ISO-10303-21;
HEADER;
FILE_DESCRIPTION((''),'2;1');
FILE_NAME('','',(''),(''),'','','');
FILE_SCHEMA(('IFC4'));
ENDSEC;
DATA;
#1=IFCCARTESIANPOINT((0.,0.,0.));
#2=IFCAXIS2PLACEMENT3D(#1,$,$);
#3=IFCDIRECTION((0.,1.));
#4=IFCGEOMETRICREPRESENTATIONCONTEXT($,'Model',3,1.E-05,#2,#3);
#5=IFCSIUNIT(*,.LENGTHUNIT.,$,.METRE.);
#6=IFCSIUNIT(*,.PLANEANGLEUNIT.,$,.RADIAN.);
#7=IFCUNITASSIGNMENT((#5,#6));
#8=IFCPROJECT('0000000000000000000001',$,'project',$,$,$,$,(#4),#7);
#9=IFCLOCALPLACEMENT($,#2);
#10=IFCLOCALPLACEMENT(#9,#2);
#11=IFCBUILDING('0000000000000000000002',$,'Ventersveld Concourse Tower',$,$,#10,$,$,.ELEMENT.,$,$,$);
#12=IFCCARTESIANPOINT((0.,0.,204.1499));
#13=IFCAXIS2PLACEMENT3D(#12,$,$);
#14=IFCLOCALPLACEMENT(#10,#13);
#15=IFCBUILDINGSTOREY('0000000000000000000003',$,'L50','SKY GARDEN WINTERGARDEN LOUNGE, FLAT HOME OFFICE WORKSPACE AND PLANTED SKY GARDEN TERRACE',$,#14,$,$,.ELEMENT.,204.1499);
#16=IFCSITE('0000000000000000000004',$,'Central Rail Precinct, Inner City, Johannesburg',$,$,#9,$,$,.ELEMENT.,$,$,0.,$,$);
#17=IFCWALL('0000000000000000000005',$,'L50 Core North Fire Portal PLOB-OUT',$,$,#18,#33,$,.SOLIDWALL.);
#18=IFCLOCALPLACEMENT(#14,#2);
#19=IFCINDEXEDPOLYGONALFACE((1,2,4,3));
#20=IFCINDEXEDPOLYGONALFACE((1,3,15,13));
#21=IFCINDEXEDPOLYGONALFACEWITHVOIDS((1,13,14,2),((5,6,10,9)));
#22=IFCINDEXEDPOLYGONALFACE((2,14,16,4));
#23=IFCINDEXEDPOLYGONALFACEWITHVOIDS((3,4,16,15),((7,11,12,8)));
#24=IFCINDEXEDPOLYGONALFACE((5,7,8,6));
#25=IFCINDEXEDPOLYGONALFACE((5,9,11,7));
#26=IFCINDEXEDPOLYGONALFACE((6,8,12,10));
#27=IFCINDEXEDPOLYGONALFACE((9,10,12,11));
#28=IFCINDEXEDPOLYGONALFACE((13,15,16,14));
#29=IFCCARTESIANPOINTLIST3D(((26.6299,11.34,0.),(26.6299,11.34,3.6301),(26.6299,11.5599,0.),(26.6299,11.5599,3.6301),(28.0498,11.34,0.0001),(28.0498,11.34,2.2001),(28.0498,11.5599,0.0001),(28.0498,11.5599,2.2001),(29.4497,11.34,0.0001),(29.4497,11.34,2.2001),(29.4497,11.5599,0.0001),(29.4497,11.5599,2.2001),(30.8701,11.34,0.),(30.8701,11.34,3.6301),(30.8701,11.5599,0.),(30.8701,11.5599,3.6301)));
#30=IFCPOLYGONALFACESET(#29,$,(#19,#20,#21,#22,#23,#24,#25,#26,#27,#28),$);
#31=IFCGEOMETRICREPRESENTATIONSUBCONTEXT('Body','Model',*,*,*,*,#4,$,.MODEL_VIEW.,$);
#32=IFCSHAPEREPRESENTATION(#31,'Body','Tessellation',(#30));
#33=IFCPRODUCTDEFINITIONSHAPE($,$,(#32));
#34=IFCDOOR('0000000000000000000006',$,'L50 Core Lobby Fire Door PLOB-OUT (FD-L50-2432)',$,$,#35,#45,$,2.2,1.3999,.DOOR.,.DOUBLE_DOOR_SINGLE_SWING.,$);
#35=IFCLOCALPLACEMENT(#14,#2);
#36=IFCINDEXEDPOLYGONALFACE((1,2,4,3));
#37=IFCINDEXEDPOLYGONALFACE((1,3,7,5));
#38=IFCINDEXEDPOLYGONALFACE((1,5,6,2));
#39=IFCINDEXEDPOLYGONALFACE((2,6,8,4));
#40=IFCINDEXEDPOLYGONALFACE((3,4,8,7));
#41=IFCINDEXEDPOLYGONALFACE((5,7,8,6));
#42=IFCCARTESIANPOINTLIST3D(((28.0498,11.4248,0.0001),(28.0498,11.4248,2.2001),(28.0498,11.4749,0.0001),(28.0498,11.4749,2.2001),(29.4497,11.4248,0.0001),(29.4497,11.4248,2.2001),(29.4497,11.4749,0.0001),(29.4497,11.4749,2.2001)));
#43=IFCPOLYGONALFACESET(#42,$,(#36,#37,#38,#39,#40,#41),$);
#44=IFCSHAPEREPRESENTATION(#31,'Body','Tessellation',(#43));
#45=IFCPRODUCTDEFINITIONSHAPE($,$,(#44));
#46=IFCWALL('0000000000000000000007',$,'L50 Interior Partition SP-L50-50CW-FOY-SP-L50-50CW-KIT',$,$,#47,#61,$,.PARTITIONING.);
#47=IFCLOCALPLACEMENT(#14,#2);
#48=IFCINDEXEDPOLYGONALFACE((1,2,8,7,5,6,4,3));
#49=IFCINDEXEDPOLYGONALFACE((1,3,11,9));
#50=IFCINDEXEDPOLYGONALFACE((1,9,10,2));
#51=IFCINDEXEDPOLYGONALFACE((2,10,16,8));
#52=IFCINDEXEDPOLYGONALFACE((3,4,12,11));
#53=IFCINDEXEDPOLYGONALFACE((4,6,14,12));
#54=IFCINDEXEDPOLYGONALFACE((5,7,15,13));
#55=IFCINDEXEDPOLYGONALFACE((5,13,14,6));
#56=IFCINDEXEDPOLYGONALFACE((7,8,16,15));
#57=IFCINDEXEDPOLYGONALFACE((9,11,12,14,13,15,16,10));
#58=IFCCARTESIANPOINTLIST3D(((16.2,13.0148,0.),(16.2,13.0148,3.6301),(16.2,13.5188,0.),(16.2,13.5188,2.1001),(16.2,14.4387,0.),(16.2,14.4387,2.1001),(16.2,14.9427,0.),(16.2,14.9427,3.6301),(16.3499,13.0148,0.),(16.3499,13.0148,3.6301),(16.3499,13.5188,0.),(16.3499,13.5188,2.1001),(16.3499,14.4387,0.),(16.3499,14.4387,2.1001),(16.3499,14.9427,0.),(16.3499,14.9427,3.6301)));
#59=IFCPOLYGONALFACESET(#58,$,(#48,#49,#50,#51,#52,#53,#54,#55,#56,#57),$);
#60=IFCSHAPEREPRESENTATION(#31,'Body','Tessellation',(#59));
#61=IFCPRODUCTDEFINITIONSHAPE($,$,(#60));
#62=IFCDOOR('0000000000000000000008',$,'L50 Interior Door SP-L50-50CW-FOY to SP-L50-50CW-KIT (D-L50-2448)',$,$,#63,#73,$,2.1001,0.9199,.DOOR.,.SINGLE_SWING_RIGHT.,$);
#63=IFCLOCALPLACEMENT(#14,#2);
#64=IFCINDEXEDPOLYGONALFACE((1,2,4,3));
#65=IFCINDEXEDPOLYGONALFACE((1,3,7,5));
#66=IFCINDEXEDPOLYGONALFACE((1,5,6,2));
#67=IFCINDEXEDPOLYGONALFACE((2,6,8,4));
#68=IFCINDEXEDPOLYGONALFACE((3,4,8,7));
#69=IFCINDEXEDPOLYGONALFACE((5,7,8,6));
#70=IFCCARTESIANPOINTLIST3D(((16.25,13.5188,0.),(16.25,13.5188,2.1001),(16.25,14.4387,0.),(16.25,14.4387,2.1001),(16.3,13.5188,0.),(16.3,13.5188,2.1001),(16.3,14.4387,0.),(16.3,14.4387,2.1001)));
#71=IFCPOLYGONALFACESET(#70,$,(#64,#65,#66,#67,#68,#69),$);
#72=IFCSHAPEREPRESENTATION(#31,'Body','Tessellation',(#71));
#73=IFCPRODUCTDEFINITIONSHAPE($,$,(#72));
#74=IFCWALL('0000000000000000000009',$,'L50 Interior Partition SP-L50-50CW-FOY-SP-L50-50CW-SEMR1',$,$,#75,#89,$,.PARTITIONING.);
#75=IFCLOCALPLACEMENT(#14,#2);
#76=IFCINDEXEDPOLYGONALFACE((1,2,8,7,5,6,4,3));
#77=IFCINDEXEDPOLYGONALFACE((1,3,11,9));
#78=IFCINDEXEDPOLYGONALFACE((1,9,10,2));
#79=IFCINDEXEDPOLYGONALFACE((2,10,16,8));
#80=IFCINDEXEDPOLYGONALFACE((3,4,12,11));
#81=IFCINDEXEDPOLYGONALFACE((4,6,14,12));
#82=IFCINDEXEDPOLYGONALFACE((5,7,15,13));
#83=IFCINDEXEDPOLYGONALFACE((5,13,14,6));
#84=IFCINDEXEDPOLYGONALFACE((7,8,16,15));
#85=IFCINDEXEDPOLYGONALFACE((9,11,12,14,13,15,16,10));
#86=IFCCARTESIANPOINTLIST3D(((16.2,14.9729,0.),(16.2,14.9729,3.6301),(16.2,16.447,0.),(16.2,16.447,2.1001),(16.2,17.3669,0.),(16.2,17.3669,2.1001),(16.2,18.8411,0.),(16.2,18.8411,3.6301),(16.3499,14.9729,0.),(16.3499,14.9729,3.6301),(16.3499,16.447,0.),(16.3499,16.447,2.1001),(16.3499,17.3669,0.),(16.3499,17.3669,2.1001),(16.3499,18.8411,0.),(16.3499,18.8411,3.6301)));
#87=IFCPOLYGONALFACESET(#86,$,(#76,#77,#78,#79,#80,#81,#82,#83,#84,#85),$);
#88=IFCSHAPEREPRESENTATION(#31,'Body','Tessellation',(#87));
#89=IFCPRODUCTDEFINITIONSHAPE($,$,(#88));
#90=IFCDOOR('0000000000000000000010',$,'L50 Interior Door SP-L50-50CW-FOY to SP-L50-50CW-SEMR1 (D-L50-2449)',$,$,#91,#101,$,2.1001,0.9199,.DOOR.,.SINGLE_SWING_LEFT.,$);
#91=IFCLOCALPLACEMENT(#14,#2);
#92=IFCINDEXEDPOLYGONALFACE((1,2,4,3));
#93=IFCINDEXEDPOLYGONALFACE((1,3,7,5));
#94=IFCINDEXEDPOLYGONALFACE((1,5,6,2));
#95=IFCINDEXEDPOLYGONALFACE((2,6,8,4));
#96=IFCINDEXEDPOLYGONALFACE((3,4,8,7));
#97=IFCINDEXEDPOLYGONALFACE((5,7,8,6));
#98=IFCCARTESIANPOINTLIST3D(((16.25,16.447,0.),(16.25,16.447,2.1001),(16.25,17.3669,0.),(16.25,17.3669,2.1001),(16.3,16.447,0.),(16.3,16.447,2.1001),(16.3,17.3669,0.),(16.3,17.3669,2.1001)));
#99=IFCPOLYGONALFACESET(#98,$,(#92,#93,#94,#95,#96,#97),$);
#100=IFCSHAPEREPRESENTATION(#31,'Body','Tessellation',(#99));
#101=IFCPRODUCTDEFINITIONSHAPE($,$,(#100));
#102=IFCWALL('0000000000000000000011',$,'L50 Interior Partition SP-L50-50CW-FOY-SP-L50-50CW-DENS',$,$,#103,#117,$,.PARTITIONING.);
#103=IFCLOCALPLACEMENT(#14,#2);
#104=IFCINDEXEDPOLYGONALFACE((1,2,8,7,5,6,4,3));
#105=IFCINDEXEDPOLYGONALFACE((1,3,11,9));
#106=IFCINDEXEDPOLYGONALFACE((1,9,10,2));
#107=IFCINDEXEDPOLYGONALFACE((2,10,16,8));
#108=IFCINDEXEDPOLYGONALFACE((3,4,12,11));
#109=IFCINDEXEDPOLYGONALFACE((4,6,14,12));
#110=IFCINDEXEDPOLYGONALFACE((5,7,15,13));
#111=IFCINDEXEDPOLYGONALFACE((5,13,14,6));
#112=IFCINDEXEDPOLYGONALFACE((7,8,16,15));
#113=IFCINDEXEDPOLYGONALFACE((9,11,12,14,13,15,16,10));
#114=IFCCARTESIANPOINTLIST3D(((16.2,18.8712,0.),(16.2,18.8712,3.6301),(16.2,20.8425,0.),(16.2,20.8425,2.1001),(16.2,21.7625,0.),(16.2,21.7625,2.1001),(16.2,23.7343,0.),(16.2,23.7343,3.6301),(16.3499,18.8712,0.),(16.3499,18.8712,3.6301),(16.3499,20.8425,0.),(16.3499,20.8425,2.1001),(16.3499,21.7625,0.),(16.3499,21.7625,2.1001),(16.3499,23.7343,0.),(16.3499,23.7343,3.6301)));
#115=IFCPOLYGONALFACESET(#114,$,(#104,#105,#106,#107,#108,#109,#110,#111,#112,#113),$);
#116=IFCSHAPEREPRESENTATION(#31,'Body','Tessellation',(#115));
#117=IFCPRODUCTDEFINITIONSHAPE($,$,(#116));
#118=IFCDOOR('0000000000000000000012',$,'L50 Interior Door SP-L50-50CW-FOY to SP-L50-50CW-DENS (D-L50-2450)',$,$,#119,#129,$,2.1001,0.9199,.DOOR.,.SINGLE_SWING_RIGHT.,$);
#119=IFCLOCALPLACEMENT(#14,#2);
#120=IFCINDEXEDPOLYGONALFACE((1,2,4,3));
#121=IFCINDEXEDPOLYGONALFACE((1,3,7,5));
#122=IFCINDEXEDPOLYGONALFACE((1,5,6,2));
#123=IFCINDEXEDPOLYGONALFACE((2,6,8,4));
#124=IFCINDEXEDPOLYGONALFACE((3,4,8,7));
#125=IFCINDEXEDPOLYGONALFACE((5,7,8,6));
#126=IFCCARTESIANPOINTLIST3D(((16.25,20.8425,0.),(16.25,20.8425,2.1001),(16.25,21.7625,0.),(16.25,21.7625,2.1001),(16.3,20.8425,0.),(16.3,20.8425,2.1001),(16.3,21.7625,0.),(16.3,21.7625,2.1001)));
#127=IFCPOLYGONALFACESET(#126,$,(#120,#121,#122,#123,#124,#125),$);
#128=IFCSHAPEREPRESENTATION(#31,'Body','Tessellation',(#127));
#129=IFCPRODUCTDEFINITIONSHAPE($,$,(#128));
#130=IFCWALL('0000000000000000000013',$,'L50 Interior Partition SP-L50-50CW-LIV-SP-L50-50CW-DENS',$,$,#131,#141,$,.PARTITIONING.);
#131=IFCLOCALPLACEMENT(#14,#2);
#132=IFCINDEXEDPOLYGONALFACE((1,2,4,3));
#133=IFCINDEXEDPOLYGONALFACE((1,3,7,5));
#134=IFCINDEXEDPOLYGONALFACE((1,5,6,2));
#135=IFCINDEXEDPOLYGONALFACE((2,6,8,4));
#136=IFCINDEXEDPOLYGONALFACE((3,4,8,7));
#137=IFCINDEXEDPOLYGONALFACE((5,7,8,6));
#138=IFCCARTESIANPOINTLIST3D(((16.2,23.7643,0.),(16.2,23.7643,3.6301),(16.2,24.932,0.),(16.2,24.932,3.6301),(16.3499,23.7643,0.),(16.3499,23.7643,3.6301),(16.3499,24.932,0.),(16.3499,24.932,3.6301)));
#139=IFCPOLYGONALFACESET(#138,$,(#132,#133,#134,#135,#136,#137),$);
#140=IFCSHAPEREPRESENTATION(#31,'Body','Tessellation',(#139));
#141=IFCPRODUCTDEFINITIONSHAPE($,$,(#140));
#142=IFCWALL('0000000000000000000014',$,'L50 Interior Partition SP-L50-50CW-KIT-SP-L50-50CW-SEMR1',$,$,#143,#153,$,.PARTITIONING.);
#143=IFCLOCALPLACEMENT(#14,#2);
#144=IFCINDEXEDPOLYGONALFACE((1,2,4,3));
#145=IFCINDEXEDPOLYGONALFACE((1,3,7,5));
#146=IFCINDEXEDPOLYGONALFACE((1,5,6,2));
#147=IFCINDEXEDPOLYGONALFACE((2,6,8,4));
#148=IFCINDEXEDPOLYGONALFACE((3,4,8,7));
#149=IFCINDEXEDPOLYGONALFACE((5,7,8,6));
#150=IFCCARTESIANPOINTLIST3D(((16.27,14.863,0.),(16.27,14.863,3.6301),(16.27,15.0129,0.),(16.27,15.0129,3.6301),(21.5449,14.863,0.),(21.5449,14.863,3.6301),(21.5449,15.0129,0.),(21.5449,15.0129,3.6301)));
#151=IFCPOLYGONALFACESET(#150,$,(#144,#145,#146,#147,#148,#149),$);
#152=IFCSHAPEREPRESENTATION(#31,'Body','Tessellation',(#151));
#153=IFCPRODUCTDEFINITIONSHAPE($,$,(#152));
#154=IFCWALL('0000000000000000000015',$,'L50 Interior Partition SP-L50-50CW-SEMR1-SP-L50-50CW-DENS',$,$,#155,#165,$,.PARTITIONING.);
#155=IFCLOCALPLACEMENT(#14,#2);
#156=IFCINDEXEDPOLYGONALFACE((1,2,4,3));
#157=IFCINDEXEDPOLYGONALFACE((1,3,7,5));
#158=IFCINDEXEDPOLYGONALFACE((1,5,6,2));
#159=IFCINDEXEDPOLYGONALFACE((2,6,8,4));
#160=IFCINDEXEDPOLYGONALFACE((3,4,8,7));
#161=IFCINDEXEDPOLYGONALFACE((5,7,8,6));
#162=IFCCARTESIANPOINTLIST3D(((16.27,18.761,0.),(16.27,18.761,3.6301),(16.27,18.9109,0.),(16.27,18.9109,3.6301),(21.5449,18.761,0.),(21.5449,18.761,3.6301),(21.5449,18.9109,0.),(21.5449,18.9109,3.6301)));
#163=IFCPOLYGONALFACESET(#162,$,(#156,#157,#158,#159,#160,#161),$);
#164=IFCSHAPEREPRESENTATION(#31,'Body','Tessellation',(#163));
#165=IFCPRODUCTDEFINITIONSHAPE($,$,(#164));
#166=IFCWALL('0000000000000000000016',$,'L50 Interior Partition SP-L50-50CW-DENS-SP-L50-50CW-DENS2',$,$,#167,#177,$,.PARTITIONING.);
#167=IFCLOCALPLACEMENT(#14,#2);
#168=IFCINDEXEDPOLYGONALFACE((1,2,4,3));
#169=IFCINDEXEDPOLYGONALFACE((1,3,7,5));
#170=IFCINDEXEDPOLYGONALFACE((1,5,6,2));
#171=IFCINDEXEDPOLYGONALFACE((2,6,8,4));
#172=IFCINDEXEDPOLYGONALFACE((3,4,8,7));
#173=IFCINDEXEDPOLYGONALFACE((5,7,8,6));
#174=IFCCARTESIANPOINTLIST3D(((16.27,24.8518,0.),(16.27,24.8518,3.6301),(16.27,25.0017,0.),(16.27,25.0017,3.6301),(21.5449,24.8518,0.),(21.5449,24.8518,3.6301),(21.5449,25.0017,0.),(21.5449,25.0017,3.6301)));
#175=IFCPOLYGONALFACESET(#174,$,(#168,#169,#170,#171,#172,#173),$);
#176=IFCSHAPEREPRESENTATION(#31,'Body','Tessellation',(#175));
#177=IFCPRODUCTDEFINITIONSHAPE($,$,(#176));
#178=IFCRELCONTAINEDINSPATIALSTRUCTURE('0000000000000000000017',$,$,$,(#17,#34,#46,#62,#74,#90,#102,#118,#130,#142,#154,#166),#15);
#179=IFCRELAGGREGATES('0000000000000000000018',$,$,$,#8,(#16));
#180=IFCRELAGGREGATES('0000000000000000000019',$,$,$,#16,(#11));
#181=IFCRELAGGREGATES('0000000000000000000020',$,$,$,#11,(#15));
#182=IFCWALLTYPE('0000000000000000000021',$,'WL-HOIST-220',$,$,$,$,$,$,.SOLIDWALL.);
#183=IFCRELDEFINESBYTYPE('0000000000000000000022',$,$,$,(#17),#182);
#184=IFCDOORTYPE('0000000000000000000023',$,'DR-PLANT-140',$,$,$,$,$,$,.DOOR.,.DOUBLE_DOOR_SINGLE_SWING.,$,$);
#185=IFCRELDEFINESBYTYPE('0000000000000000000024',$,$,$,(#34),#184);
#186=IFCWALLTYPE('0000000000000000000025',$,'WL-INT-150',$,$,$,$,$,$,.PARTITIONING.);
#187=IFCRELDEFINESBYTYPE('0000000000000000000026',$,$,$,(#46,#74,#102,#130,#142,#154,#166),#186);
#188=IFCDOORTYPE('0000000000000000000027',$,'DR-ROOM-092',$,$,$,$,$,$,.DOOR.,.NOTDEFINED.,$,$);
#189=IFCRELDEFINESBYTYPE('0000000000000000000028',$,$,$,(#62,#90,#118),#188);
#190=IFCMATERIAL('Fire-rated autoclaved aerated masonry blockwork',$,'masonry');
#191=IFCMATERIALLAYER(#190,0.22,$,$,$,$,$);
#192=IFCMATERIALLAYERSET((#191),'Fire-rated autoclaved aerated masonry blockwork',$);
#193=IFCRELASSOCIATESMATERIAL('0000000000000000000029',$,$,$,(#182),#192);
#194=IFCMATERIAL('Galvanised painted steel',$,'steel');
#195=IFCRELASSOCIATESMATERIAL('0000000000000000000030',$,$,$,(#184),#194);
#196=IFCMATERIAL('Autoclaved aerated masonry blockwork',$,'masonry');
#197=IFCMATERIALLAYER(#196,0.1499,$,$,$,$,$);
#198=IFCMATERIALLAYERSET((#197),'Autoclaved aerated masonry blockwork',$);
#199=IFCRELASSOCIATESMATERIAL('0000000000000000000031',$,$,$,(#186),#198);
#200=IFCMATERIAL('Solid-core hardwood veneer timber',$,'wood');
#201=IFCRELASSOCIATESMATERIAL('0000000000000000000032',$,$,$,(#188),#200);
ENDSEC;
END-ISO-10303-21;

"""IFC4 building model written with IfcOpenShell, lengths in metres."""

from ifc_helpers import new_model, si_unit, direction, frame, frame_2d, origin, place, context, subcontext, project, spatial, rectangle, extrude, material, layer, layer_set, type_object, element, fill, save


model = new_model("IFC4")

# Units and contexts
model_context = context("Model", 3, precision=1e-05, world=origin(), true_north=direction((0.0, 1.0)))
body_context = subcontext(model_context, "Body", "Model", "MODEL_VIEW")
ifc_project = project(units=[si_unit("LENGTHUNIT", "METRE"), si_unit("PLANEANGLEUNIT", "RADIAN")], contexts=[model_context])

# Site, building, storey
site_placement = place(None, origin())
site = spatial("IfcSite", under=ifc_project, at=site_placement, Name="Central Rail Precinct, Inner City, Johannesburg", CompositionType="ELEMENT", RefElevation=0.0)
building_placement = place(site_placement, origin())
building = spatial("IfcBuilding", under=site, at=building_placement, Name="Ventersveld Concourse Tower", CompositionType="ELEMENT")
storey_placement = place(building_placement, frame((0.0, 0.0, 204.1499)))
storey = spatial("IfcBuildingStorey", under=building, at=storey_placement, Name="L50", Description="SKY GARDEN WINTERGARDEN LOUNGE, FLAT HOME OFFICE WORKSPACE AND PLANTED SKY GARDEN TERRACE", CompositionType="ELEMENT", Elevation=204.1499)

# Shared definitions
ifc_material_1 = material(Name="Fire-rated autoclaved aerated masonry blockwork", Category="masonry")
ifc_material_2 = material(Name="Solid-core hardwood veneer timber", Category="wood")

# Walls, openings, doors
ifc_layer_1 = layer(ifc_material_1, 0.22)
ifc_layer_set_1 = layer_set([ifc_layer_1], Name="Fire-rated autoclaved aerated masonry blockwork")
wall_type_1 = type_object("IfcWallType", Name="WL-HOIST-220", PredefinedType="SOLIDWALL", material=ifc_layer_set_1)
wall_1_placement = place(storey_placement, frame((26.6299, 11.45, 0.0), z_axis=(0.0, 0.0, 1.0), x_axis=(1.0, 0.0, 0.0)))
wall_1 = element("IfcWall", 1, at=wall_1_placement, inside=storey, type_object=wall_type_1, Name="L50 Core North Fire Portal PLOB-OUT", PredefinedType="SOLIDWALL", context=body_context, shape_type="SweptSolid", body=[
    extrude(rectangle(XDim=4.2402, YDim=0.22, at=frame_2d((2.1201, 0.0))), origin(), (0.0, 0.0, 1.0), 3.6301),
])
opening_1_placement = place(wall_1_placement, frame((1.4199, 0.0, 0.0)))
opening_1 = element("IfcOpeningElement", 2, at=opening_1_placement, cuts=wall_1, PredefinedType="OPENING", context=body_context, shape_type="SweptSolid", body=[
    extrude(rectangle(XDim=1.3999, YDim=2.2, at=frame_2d((0.7, 1.1001))), frame((0.0, 0.1201, 0.0), z_axis=(0.0, -1.0, 0.0), x_axis=(1.0, 0.0, 0.0)), (0.0, 0.0, 1.0), 0.24),
])
ifc_material_3 = material(Name="Galvanised painted steel", Category="steel")
door_type_1 = type_object("IfcDoorType", Name="DR-PLANT-140", OperationType="DOUBLE_DOOR_SINGLE_SWING", PredefinedType="DOOR", material=ifc_material_3)
door_1_placement = place(opening_1_placement, origin())
door_1 = element("IfcDoor", 3, at=door_1_placement, inside=storey, type_object=door_type_1, Name="L50 Core Lobby Fire Door PLOB-OUT (FD-L50-2432)", OperationType="DOUBLE_DOOR_SINGLE_SWING", OverallHeight=2.2, OverallWidth=1.3999, PredefinedType="DOOR", context=body_context, shape_type="SweptSolid", body=[
    extrude(rectangle(XDim=1.3999, YDim=2.2, at=frame_2d((0.7, 1.1001))), frame((0.0, 0.0249, 0.0), z_axis=(0.0, -1.0, 0.0), x_axis=(1.0, 0.0, 0.0)), (0.0, 0.0, 1.0), 0.05),
])
fill(opening_1, door_1)
ifc_material_4 = material(Name="Autoclaved aerated masonry blockwork", Category="masonry")
ifc_layer_2 = layer(ifc_material_4, 0.1499)
ifc_layer_set_2 = layer_set([ifc_layer_2], Name="Autoclaved aerated masonry blockwork")
wall_type_2 = type_object("IfcWallType", Name="WL-INT-150", PredefinedType="PARTITIONING", material=ifc_layer_set_2)
wall_2_placement = place(storey_placement, frame((16.2749, 13.0149, 0.0), z_axis=(0.0, 0.0, 1.0), x_axis=(0.0, 1.0, 0.0)))
wall_2 = element("IfcWall", 4, at=wall_2_placement, inside=storey, type_object=wall_type_2, Name="L50 Interior Partition SP-L50-50CW-FOY-SP-L50-50CW-KIT", PredefinedType="PARTITIONING", context=body_context, shape_type="SweptSolid", body=[
    extrude(rectangle(XDim=1.928, YDim=0.1499, at=frame_2d((0.9639, 0.0))), origin(), (0.0, 0.0, 1.0), 3.6301),
])
opening_2_placement = place(wall_2_placement, frame((0.5039, 0.0, 0.0)))
opening_2 = element("IfcOpeningElement", 5, at=opening_2_placement, cuts=wall_2, PredefinedType="OPENING", context=body_context, shape_type="SweptSolid", body=[
    extrude(rectangle(XDim=0.9199, YDim=2.1001, at=frame_2d((0.46, 1.05))), frame((0.0, 0.085, 0.0), z_axis=(0.0, -1.0, 0.0), x_axis=(1.0, 0.0, 0.0)), (0.0, 0.0, 1.0), 0.1699),
])
door_type_2 = type_object("IfcDoorType", Name="DR-ROOM-092", OperationType="NOTDEFINED", PredefinedType="DOOR", material=ifc_material_2)
door_2_placement = place(opening_2_placement, origin())
door_2 = element("IfcDoor", 6, at=door_2_placement, inside=storey, type_object=door_type_2, Name="L50 Interior Door SP-L50-50CW-FOY to SP-L50-50CW-KIT (D-L50-2448)", OperationType="SINGLE_SWING_RIGHT", OverallHeight=2.1001, OverallWidth=0.9199, PredefinedType="DOOR", context=body_context, shape_type="SweptSolid", body=[
    extrude(rectangle(XDim=0.9199, YDim=2.1001, at=frame_2d((0.46, 1.05))), frame((0.0, 0.0249, 0.0), z_axis=(0.0, -1.0, 0.0), x_axis=(1.0, 0.0, 0.0)), (0.0, 0.0, 1.0), 0.05),
])
fill(opening_2, door_2)
wall_3_placement = place(storey_placement, frame((16.2749, 14.9729, 0.0), z_axis=(0.0, 0.0, 1.0), x_axis=(0.0, 1.0, 0.0)))
wall_3 = element("IfcWall", 7, at=wall_3_placement, inside=storey, type_object=wall_type_2, Name="L50 Interior Partition SP-L50-50CW-FOY-SP-L50-50CW-SEMR1", PredefinedType="PARTITIONING", context=body_context, shape_type="SweptSolid", body=[
    extrude(rectangle(XDim=3.8682, YDim=0.1499, at=frame_2d((1.9341, 0.0))), origin(), (0.0, 0.0, 1.0), 3.6301),
])
opening_3_placement = place(wall_3_placement, frame((1.4741, 0.0, 0.0)))
opening_3 = element("IfcOpeningElement", 8, at=opening_3_placement, cuts=wall_3, PredefinedType="OPENING", context=body_context, shape_type="SweptSolid", body=[
    extrude(rectangle(XDim=0.9199, YDim=2.1001, at=frame_2d((0.46, 1.05))), frame((0.0, 0.085, 0.0), z_axis=(0.0, -1.0, 0.0), x_axis=(1.0, 0.0, 0.0)), (0.0, 0.0, 1.0), 0.1699),
])
door_3_placement = place(opening_3_placement, origin())
door_3 = element("IfcDoor", 9, at=door_3_placement, inside=storey, type_object=door_type_2, Name="L50 Interior Door SP-L50-50CW-FOY to SP-L50-50CW-SEMR1 (D-L50-2449)", OperationType="SINGLE_SWING_LEFT", OverallHeight=2.1001, OverallWidth=0.9199, PredefinedType="DOOR", context=body_context, shape_type="SweptSolid", body=[
    extrude(rectangle(XDim=0.9199, YDim=2.1001, at=frame_2d((0.46, 1.05))), frame((0.0, 0.0249, 0.0), z_axis=(0.0, -1.0, 0.0), x_axis=(1.0, 0.0, 0.0)), (0.0, 0.0, 1.0), 0.05),
])
fill(opening_3, door_3)
wall_4_placement = place(storey_placement, frame((16.2749, 18.8711, 0.0), z_axis=(0.0, 0.0, 1.0), x_axis=(0.0, 1.0, 0.0)))
wall_4 = element("IfcWall", 10, at=wall_4_placement, inside=storey, type_object=wall_type_2, Name="L50 Interior Partition SP-L50-50CW-FOY-SP-L50-50CW-DENS", PredefinedType="PARTITIONING", context=body_context, shape_type="SweptSolid", body=[
    extrude(rectangle(XDim=4.863, YDim=0.1499, at=frame_2d((2.4316, 0.0))), origin(), (0.0, 0.0, 1.0), 3.6301),
])
opening_4_placement = place(wall_4_placement, frame((1.9714, 0.0, 0.0)))
opening_4 = element("IfcOpeningElement", 11, at=opening_4_placement, cuts=wall_4, PredefinedType="OPENING", context=body_context, shape_type="SweptSolid", body=[
    extrude(rectangle(XDim=0.9199, YDim=2.1001, at=frame_2d((0.46, 1.05))), frame((0.0, 0.085, 0.0), z_axis=(0.0, -1.0, 0.0), x_axis=(1.0, 0.0, 0.0)), (0.0, 0.0, 1.0), 0.1699),
])
door_4_placement = place(opening_4_placement, origin())
door_4 = element("IfcDoor", 12, at=door_4_placement, inside=storey, type_object=door_type_2, Name="L50 Interior Door SP-L50-50CW-FOY to SP-L50-50CW-DENS (D-L50-2450)", OperationType="SINGLE_SWING_RIGHT", OverallHeight=2.1001, OverallWidth=0.9199, PredefinedType="DOOR", context=body_context, shape_type="SweptSolid", body=[
    extrude(rectangle(XDim=0.9199, YDim=2.1001, at=frame_2d((0.46, 1.05))), frame((0.0, 0.0249, 0.0), z_axis=(0.0, -1.0, 0.0), x_axis=(1.0, 0.0, 0.0)), (0.0, 0.0, 1.0), 0.05),
])
fill(opening_4, door_4)

# Walls
wall_5_placement = place(storey_placement, frame((16.2749, 23.7642, 0.0), z_axis=(0.0, 0.0, 1.0), x_axis=(0.0, 1.0, 0.0)))
element("IfcWall", 13, at=wall_5_placement, inside=storey, type_object=wall_type_2, Name="L50 Interior Partition SP-L50-50CW-LIV-SP-L50-50CW-DENS", PredefinedType="PARTITIONING", context=body_context, shape_type="SweptSolid", body=[
    extrude(rectangle(XDim=1.1677, YDim=0.1499, at=frame_2d((0.584, 0.0))), origin(), (0.0, 0.0, 1.0), 3.6301),
])
for number, where, z_axis, x_axis, name in (
    (14, (16.27, 14.938, 0.0), (0.0, 0.0, 1.0), (1.0, 0.0, 0.0), "L50 Interior Partition SP-L50-50CW-KIT-SP-L50-50CW-SEMR1"),
    (15, (16.27, 18.8359, 0.0), (0.0, 0.0, 1.0), (1.0, 0.0, 0.0), "L50 Interior Partition SP-L50-50CW-SEMR1-SP-L50-50CW-DENS"),
    (16, (16.27, 24.9268, 0.0), (0.0, 0.0, 1.0), (1.0, 0.0, 0.0), "L50 Interior Partition SP-L50-50CW-DENS-SP-L50-50CW-DENS2"),
):
    element("IfcWall", number, at=place(storey_placement, frame(where, z_axis=z_axis, x_axis=x_axis)), inside=storey, type_object=wall_type_2, Name=name, PredefinedType="PARTITIONING", context=body_context, shape_type="SweptSolid", body=[
        extrude(rectangle(XDim=5.2749, YDim=0.1499, at=frame_2d((2.6375, 0.0))), origin(), (0.0, 0.0, 1.0), 3.6301),
    ])

save(model, "model.ifc")
